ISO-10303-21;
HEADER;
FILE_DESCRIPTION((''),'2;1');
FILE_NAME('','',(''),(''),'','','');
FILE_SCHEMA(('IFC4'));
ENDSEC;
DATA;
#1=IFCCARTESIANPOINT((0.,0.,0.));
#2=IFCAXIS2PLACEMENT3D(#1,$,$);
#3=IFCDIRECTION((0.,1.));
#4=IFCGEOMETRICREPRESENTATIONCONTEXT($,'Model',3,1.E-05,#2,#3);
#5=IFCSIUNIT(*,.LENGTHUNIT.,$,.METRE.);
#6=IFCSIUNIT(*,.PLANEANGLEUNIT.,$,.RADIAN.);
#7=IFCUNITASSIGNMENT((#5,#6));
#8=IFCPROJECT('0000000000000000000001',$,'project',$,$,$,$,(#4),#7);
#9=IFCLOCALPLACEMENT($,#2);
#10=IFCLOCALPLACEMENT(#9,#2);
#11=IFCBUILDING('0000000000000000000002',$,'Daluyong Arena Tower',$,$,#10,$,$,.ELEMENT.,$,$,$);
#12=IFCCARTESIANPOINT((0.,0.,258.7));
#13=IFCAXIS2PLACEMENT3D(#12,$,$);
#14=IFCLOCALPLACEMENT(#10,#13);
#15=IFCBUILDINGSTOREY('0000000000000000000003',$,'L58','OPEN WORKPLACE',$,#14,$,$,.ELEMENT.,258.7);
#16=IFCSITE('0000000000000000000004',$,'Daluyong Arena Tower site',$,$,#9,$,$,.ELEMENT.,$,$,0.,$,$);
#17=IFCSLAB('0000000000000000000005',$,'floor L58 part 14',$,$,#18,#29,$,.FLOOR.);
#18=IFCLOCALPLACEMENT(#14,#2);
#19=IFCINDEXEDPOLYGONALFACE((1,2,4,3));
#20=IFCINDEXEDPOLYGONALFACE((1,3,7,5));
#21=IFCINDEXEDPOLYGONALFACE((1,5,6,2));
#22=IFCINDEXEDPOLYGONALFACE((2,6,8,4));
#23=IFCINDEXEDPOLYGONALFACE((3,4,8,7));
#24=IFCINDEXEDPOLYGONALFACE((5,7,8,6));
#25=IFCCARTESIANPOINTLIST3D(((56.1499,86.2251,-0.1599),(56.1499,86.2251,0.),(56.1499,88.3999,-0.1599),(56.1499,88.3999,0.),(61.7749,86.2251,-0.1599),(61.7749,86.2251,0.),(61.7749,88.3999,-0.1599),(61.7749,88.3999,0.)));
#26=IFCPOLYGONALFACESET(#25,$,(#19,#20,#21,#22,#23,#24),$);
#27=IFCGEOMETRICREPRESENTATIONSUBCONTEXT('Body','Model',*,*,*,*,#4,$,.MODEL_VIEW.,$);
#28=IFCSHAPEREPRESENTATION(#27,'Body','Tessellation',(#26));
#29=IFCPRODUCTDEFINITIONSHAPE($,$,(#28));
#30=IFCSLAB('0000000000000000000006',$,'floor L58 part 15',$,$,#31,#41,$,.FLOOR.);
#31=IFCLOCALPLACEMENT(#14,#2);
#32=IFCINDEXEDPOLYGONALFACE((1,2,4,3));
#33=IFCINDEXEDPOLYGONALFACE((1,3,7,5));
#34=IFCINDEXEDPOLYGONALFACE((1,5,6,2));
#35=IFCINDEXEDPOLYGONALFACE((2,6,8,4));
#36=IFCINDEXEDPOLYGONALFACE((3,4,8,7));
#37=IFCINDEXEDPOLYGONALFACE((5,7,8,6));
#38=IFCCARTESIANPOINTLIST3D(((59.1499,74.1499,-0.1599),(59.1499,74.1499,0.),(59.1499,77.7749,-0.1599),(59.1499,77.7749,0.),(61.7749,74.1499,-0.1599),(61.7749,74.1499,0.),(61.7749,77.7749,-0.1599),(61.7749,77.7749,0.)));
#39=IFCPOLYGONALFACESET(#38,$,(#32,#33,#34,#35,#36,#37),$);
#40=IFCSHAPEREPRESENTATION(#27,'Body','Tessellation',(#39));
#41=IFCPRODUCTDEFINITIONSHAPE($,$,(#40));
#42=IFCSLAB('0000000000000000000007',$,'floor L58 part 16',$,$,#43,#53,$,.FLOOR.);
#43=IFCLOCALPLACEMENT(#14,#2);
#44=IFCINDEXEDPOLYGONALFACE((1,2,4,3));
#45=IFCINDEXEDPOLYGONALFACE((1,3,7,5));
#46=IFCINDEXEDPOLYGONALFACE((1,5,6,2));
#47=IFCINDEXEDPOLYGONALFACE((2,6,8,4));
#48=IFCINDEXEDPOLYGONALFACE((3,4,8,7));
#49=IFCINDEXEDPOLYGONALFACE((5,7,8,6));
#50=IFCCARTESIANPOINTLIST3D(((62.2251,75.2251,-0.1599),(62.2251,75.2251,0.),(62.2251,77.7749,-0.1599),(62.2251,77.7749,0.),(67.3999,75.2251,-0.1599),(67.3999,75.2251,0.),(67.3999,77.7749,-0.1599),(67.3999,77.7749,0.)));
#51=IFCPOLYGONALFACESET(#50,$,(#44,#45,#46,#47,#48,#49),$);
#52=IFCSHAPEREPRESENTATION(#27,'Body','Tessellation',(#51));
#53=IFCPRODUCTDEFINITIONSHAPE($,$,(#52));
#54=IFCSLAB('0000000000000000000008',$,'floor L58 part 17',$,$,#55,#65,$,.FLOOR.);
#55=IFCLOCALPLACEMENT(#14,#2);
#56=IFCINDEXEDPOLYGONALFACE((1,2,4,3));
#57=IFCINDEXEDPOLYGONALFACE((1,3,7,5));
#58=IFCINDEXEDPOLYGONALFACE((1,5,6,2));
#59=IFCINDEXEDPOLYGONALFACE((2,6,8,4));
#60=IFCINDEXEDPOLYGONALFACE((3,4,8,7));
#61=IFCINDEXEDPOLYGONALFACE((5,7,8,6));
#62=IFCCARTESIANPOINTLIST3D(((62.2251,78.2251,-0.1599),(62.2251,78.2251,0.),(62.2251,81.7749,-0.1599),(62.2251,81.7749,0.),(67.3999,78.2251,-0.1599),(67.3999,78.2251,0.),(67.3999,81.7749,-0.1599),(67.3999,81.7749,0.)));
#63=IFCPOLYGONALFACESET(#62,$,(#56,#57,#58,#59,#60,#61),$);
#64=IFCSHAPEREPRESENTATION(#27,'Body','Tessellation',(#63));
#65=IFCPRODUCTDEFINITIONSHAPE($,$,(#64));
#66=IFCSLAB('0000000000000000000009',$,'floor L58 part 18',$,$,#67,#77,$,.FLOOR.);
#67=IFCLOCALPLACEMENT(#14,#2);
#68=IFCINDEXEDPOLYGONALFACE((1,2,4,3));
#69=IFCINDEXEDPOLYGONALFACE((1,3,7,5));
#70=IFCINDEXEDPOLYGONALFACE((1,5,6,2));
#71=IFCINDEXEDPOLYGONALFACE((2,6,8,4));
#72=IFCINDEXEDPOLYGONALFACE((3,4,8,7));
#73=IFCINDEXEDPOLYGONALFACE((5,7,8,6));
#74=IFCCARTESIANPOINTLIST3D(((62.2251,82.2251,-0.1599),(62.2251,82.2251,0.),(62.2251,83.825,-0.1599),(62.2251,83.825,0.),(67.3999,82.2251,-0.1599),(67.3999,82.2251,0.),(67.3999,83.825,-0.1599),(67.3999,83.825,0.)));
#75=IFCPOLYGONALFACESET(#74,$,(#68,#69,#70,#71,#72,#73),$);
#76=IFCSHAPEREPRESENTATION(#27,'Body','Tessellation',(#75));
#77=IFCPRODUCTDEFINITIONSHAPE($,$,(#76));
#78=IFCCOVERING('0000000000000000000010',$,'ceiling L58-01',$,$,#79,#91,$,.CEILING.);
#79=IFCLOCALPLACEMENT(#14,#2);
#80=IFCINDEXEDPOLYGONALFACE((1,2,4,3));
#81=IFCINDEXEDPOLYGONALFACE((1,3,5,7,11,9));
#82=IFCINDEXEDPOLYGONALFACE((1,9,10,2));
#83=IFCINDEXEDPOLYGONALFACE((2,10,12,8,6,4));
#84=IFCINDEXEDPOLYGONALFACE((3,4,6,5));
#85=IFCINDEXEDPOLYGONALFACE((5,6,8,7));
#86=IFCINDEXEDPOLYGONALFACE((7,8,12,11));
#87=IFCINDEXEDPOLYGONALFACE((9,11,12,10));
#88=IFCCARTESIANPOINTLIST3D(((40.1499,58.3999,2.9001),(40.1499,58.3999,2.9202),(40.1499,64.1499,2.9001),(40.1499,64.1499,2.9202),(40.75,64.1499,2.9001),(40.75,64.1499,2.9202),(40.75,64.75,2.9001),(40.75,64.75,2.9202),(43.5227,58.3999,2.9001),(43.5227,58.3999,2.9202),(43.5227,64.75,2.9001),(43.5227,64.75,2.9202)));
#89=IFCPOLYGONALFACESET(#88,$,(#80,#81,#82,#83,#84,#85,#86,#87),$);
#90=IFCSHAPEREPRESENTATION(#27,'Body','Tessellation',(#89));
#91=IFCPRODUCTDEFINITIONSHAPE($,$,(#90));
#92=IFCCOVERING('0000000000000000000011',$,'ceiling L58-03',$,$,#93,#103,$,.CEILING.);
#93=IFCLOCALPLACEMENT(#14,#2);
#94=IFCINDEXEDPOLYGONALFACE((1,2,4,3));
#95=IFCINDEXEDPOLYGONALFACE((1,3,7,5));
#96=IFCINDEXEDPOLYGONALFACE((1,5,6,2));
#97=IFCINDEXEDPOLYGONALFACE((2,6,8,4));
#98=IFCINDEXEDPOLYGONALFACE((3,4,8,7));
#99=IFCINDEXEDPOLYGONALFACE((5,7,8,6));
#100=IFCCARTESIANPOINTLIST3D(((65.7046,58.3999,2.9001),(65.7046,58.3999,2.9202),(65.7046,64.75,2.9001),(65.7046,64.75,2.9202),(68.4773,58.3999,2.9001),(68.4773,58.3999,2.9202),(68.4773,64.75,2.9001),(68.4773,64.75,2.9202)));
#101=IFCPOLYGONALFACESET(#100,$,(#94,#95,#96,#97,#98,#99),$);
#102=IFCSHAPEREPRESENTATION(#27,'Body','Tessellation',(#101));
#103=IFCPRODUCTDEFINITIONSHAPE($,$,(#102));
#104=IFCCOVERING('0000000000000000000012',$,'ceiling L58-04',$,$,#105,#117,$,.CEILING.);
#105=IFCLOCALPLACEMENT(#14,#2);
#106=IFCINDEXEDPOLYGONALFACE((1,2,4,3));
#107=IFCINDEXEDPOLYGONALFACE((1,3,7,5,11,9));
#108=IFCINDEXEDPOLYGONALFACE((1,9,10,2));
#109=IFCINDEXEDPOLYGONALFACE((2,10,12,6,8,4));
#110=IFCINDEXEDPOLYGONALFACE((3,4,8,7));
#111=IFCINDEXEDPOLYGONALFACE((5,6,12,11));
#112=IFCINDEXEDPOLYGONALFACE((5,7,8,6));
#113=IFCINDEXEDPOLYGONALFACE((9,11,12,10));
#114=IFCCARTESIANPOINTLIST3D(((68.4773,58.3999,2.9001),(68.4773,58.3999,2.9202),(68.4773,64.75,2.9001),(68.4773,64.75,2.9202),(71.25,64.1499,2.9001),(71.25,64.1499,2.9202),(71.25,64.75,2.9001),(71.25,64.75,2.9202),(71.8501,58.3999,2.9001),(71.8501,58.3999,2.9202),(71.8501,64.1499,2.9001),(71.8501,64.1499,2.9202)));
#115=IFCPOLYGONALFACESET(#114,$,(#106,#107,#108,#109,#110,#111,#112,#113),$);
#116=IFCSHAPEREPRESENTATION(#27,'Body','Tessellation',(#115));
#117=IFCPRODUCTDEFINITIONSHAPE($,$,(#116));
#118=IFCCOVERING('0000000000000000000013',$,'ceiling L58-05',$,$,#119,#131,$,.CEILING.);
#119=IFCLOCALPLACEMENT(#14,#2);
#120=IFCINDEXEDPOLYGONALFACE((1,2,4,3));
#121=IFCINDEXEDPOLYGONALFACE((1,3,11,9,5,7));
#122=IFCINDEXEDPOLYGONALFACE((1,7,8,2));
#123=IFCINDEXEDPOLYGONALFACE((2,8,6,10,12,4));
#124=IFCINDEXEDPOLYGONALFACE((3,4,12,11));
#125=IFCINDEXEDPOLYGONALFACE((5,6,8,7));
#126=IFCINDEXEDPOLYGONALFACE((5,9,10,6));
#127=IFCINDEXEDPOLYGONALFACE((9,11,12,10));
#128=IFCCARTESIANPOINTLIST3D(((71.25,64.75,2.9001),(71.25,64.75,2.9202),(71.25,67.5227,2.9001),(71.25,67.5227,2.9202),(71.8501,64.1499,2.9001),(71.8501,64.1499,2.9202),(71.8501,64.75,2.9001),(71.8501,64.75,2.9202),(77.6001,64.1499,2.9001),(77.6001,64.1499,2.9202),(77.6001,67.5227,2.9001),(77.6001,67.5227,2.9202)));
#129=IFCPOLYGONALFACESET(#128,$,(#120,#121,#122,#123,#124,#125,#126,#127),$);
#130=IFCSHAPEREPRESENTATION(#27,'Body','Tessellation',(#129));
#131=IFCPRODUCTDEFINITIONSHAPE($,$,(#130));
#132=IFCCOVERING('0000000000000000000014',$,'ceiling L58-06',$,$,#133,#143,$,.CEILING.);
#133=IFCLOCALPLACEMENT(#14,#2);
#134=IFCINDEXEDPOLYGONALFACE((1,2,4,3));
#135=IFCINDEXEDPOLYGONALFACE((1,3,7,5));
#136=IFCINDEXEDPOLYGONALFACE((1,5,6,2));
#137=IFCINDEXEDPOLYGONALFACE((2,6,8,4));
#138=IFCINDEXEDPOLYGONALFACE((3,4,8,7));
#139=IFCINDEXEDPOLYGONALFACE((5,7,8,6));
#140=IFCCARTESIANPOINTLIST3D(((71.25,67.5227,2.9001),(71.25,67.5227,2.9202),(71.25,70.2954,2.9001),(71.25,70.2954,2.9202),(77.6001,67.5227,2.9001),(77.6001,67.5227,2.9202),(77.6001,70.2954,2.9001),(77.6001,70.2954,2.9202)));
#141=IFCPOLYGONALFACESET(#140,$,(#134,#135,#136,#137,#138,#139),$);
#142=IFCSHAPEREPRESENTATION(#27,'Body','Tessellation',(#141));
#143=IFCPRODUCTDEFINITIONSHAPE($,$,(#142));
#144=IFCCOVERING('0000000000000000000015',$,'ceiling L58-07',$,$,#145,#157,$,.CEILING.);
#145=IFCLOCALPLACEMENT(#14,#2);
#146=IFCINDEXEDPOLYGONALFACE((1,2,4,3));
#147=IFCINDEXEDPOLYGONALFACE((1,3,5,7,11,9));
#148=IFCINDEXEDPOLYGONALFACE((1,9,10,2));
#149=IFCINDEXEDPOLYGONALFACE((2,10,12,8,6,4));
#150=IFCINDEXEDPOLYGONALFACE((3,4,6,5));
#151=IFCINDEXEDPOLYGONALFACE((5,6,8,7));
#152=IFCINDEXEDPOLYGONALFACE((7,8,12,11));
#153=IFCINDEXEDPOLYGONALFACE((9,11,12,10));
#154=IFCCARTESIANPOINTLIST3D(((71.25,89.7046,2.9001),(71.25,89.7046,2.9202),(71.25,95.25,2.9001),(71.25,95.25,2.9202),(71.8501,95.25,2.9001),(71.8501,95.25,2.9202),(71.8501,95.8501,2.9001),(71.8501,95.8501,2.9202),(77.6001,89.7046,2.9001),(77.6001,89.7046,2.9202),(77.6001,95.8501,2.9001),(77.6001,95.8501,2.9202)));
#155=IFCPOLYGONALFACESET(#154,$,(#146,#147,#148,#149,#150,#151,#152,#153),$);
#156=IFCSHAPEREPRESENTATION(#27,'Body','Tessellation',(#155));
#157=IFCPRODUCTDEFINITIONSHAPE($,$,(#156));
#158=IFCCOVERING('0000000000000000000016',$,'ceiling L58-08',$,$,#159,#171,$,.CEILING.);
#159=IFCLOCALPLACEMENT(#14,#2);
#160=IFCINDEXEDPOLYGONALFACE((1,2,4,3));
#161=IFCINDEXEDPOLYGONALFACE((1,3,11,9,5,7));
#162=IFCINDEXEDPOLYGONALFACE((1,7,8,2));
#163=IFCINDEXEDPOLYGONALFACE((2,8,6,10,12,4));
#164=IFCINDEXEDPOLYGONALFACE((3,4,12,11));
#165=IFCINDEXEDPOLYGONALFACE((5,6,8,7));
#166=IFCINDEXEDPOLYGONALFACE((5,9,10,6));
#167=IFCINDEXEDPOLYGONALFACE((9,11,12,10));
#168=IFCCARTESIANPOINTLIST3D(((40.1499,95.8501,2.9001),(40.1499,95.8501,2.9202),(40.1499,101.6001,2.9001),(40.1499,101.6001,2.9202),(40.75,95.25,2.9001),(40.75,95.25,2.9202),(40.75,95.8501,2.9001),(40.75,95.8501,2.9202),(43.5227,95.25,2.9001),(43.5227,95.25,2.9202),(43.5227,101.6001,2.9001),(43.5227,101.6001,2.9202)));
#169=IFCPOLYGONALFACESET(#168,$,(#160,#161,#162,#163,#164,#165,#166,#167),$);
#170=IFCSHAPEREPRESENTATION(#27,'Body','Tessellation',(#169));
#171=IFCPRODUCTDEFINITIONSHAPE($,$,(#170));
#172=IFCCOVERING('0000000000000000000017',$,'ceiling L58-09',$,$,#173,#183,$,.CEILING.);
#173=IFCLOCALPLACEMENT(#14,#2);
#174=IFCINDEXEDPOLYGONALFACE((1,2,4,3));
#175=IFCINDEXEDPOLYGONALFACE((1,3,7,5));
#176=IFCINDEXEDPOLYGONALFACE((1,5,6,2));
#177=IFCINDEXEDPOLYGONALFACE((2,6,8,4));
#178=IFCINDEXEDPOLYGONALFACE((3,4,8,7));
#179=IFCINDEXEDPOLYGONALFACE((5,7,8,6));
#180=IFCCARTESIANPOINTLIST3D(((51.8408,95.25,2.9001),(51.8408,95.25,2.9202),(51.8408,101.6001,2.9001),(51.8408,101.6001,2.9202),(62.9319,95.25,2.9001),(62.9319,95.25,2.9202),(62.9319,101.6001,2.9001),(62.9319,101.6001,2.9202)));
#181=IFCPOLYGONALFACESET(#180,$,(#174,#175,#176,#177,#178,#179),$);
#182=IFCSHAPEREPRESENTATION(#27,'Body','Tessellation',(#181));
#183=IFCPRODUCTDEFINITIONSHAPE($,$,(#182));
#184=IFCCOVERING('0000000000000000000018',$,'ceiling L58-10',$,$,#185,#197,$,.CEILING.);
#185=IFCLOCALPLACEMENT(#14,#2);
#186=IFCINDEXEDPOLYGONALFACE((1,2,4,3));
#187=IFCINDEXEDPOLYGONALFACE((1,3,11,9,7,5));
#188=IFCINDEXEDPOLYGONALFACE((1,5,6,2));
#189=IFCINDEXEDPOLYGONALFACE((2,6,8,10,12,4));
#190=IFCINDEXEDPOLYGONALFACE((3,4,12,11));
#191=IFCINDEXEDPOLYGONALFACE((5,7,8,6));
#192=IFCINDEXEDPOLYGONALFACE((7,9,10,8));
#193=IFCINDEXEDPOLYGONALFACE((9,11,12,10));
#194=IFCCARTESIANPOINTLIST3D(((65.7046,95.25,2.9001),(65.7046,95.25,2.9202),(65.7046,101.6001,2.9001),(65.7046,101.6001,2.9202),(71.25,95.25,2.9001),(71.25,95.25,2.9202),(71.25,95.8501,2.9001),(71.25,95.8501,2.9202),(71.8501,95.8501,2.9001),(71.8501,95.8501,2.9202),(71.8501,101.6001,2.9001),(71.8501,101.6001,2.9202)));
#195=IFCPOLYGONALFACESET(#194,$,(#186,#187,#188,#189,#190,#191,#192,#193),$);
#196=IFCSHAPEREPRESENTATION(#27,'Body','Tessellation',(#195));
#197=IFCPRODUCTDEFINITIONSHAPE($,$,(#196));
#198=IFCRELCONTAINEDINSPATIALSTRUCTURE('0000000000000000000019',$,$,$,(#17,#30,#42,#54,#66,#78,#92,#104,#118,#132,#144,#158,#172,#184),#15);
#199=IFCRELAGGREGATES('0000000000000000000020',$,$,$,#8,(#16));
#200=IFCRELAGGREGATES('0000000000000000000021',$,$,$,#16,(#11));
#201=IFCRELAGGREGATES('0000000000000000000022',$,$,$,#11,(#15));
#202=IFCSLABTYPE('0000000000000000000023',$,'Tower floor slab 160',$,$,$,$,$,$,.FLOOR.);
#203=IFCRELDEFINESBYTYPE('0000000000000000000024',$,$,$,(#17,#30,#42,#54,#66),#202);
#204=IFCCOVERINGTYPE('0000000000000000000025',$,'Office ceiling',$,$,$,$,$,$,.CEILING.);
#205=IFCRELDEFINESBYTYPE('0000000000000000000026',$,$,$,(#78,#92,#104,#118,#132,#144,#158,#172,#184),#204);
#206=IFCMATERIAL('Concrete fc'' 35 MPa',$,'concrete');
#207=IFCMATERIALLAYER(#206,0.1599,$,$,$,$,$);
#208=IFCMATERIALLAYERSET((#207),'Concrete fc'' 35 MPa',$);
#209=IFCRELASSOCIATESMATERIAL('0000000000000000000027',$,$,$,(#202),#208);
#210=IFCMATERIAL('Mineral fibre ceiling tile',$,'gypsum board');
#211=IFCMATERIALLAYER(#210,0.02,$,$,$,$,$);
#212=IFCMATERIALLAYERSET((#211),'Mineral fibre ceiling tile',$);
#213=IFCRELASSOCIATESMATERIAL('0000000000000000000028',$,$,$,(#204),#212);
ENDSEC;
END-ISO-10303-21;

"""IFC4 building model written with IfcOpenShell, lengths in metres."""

from ifc_helpers import new_model, si_unit, direction, frame, origin, place, context, subcontext, project, spatial, polyline, outline, extrude, material, layer, layer_set, type_object, element, save


model = new_model("IFC4")

# Units and contexts
model_context = context("Model", 3, precision=1e-05, world=origin(), true_north=direction((0.0, 1.0)))
body_context = subcontext(model_context, "Body", "Model", "MODEL_VIEW")
ifc_project = project(units=[si_unit("LENGTHUNIT", "METRE"), si_unit("PLANEANGLEUNIT", "RADIAN")], contexts=[model_context])

# Site, building, storey
site_placement = place(None, origin())
site = spatial("IfcSite", under=ifc_project, at=site_placement, Name="Daluyong Arena Tower site", CompositionType="ELEMENT", RefElevation=0.0)
building_placement = place(site_placement, origin())
building = spatial("IfcBuilding", under=site, at=building_placement, Name="Daluyong Arena Tower", CompositionType="ELEMENT")
storey_placement = place(building_placement, frame((0.0, 0.0, 258.7)))
storey = spatial("IfcBuildingStorey", under=building, at=storey_placement, Name="L58", Description="OPEN WORKPLACE", CompositionType="ELEMENT", Elevation=258.7)

# Slabs
ifc_material_1 = material(Name="Concrete fc' 35 MPa", Category="concrete")
ifc_layer_1 = layer(ifc_material_1, 0.1599)
ifc_layer_set_1 = layer_set([ifc_layer_1], Name="Concrete fc' 35 MPa")
slab_type = type_object("IfcSlabType", Name="Tower floor slab 160", PredefinedType="FLOOR", material=ifc_layer_set_1)
slab_1_placement = place(storey_placement, frame((0.0, 0.0, -0.1599)))
element("IfcSlab", 1, at=slab_1_placement, inside=storey, type_object=slab_type, Name="floor L58 part 14", PredefinedType="FLOOR", context=body_context, shape_type="SweptSolid", body=[
    extrude(outline(polyline([(56.1499, 88.3999), (56.1499, 86.2251), (61.7749, 86.2251), (61.7749, 88.3999), (56.1499, 88.3999)])), origin(), (0.0, 0.0, 1.0), 0.1599),
])
slab_2_placement = place(storey_placement, frame((0.0, 0.0, -0.1599)))
element("IfcSlab", 2, at=slab_2_placement, inside=storey, type_object=slab_type, Name="floor L58 part 15", PredefinedType="FLOOR", context=body_context, shape_type="SweptSolid", body=[
    extrude(outline(polyline([(61.7749, 77.7749), (59.1499, 77.7749), (59.1499, 74.1499), (61.7749, 74.1499), (61.7749, 77.7749)])), origin(), (0.0, 0.0, 1.0), 0.1599),
])
slab_3_placement = place(storey_placement, frame((0.0, 0.0, -0.1599)))
element("IfcSlab", 3, at=slab_3_placement, inside=storey, type_object=slab_type, Name="floor L58 part 16", PredefinedType="FLOOR", context=body_context, shape_type="SweptSolid", body=[
    extrude(outline(polyline([(67.3999, 75.2251), (67.3999, 77.7749), (62.2251, 77.7749), (62.2251, 75.2251), (67.3999, 75.2251)])), origin(), (0.0, 0.0, 1.0), 0.1599),
])
slab_4_placement = place(storey_placement, frame((0.0, 0.0, -0.1599)))
element("IfcSlab", 4, at=slab_4_placement, inside=storey, type_object=slab_type, Name="floor L58 part 17", PredefinedType="FLOOR", context=body_context, shape_type="SweptSolid", body=[
    extrude(outline(polyline([(67.3999, 78.2251), (67.3999, 81.7749), (62.2251, 81.7749), (62.2251, 78.2251), (67.3999, 78.2251)])), origin(), (0.0, 0.0, 1.0), 0.1599),
])
slab_5_placement = place(storey_placement, frame((0.0, 0.0, -0.1599)))
element("IfcSlab", 5, at=slab_5_placement, inside=storey, type_object=slab_type, Name="floor L58 part 18", PredefinedType="FLOOR", context=body_context, shape_type="SweptSolid", body=[
    extrude(outline(polyline([(67.3999, 83.825), (62.2251, 83.825), (62.2251, 82.2251), (67.3999, 82.2251), (67.3999, 83.825)])), origin(), (0.0, 0.0, 1.0), 0.1599),
])

# Coverings
ifc_material_2 = material(Name="Mineral fibre ceiling tile", Category="gypsum board")
ifc_layer_2 = layer(ifc_material_2, 0.02)
ifc_layer_set_2 = layer_set([ifc_layer_2], Name="Mineral fibre ceiling tile")
covering_type = type_object("IfcCoveringType", Name="Office ceiling", PredefinedType="CEILING", material=ifc_layer_set_2)
covering_1_placement = place(storey_placement, frame((0.0, 0.0, 2.9001)))
element("IfcCovering", 6, at=covering_1_placement, inside=storey, type_object=covering_type, Name="ceiling L58-01", PredefinedType="CEILING", context=body_context, shape_type="SweptSolid", body=[
    extrude(outline(polyline([(40.1499, 64.1499), (40.1499, 58.3999), (43.5227, 58.3999), (43.5227, 64.75), (40.75, 64.75), (40.75, 64.1499), (40.1499, 64.1499)])), origin(), (0.0, 0.0, 1.0), 0.02),
])
covering_2_placement = place(storey_placement, frame((0.0, 0.0, 2.9001)))
element("IfcCovering", 7, at=covering_2_placement, inside=storey, type_object=covering_type, Name="ceiling L58-03", PredefinedType="CEILING", context=body_context, shape_type="SweptSolid", body=[
    extrude(outline(polyline([(65.7046, 64.75), (65.7046, 58.3999), (68.4773, 58.3999), (68.4773, 64.75), (65.7046, 64.75)])), origin(), (0.0, 0.0, 1.0), 0.02),
])
covering_3_placement = place(storey_placement, frame((0.0, 0.0, 2.9001)))
element("IfcCovering", 8, at=covering_3_placement, inside=storey, type_object=covering_type, Name="ceiling L58-04", PredefinedType="CEILING", context=body_context, shape_type="SweptSolid", body=[
    extrude(outline(polyline([(71.8501, 58.3999), (71.8501, 64.1499), (71.25, 64.1499), (71.25, 64.75), (68.4773, 64.75), (68.4773, 58.3999), (71.8501, 58.3999)])), origin(), (0.0, 0.0, 1.0), 0.02),
])
covering_4_placement = place(storey_placement, frame((0.0, 0.0, 2.9001)))
element("IfcCovering", 9, at=covering_4_placement, inside=storey, type_object=covering_type, Name="ceiling L58-05", PredefinedType="CEILING", context=body_context, shape_type="SweptSolid", body=[
    extrude(outline(polyline([(71.8501, 64.1499), (77.6001, 64.1499), (77.6001, 67.5227), (71.25, 67.5227), (71.25, 64.75), (71.8501, 64.75), (71.8501, 64.1499)])), origin(), (0.0, 0.0, 1.0), 0.02),
])
covering_5_placement = place(storey_placement, frame((0.0, 0.0, 2.9001)))
element("IfcCovering", 10, at=covering_5_placement, inside=storey, type_object=covering_type, Name="ceiling L58-06", PredefinedType="CEILING", context=body_context, shape_type="SweptSolid", body=[
    extrude(outline(polyline([(71.25, 67.5227), (77.6001, 67.5227), (77.6001, 70.2954), (71.25, 70.2954), (71.25, 67.5227)])), origin(), (0.0, 0.0, 1.0), 0.02),
])
covering_6_placement = place(storey_placement, frame((0.0, 0.0, 2.9001)))
element("IfcCovering", 11, at=covering_6_placement, inside=storey, type_object=covering_type, Name="ceiling L58-07", PredefinedType="CEILING", context=body_context, shape_type="SweptSolid", body=[
    extrude(outline(polyline([(71.25, 89.7046), (77.6001, 89.7046), (77.6001, 95.8501), (71.8501, 95.8501), (71.8501, 95.25), (71.25, 95.25), (71.25, 89.7046)])), origin(), (0.0, 0.0, 1.0), 0.02),
])
covering_7_placement = place(storey_placement, frame((0.0, 0.0, 2.9001)))
element("IfcCovering", 12, at=covering_7_placement, inside=storey, type_object=covering_type, Name="ceiling L58-08", PredefinedType="CEILING", context=body_context, shape_type="SweptSolid", body=[
    extrude(outline(polyline([(43.5227, 95.25), (43.5227, 101.6001), (40.1499, 101.6001), (40.1499, 95.8501), (40.75, 95.8501), (40.75, 95.25), (43.5227, 95.25)])), origin(), (0.0, 0.0, 1.0), 0.02),
])
covering_8_placement = place(storey_placement, frame((0.0, 0.0, 2.9001)))
element("IfcCovering", 13, at=covering_8_placement, inside=storey, type_object=covering_type, Name="ceiling L58-09", PredefinedType="CEILING", context=body_context, shape_type="SweptSolid", body=[
    extrude(outline(polyline([(62.9319, 95.25), (62.9319, 101.6001), (51.8408, 101.6001), (51.8408, 95.25), (62.9319, 95.25)])), origin(), (0.0, 0.0, 1.0), 0.02),
])
covering_9_placement = place(storey_placement, frame((0.0, 0.0, 2.9001)))
element("IfcCovering", 14, at=covering_9_placement, inside=storey, type_object=covering_type, Name="ceiling L58-10", PredefinedType="CEILING", context=body_context, shape_type="SweptSolid", body=[
    extrude(outline(polyline([(65.7046, 95.25), (71.25, 95.25), (71.25, 95.8501), (71.8501, 95.8501), (71.8501, 101.6001), (65.7046, 101.6001), (65.7046, 95.25)])), origin(), (0.0, 0.0, 1.0), 0.02),
])

save(model, "model.ifc")
